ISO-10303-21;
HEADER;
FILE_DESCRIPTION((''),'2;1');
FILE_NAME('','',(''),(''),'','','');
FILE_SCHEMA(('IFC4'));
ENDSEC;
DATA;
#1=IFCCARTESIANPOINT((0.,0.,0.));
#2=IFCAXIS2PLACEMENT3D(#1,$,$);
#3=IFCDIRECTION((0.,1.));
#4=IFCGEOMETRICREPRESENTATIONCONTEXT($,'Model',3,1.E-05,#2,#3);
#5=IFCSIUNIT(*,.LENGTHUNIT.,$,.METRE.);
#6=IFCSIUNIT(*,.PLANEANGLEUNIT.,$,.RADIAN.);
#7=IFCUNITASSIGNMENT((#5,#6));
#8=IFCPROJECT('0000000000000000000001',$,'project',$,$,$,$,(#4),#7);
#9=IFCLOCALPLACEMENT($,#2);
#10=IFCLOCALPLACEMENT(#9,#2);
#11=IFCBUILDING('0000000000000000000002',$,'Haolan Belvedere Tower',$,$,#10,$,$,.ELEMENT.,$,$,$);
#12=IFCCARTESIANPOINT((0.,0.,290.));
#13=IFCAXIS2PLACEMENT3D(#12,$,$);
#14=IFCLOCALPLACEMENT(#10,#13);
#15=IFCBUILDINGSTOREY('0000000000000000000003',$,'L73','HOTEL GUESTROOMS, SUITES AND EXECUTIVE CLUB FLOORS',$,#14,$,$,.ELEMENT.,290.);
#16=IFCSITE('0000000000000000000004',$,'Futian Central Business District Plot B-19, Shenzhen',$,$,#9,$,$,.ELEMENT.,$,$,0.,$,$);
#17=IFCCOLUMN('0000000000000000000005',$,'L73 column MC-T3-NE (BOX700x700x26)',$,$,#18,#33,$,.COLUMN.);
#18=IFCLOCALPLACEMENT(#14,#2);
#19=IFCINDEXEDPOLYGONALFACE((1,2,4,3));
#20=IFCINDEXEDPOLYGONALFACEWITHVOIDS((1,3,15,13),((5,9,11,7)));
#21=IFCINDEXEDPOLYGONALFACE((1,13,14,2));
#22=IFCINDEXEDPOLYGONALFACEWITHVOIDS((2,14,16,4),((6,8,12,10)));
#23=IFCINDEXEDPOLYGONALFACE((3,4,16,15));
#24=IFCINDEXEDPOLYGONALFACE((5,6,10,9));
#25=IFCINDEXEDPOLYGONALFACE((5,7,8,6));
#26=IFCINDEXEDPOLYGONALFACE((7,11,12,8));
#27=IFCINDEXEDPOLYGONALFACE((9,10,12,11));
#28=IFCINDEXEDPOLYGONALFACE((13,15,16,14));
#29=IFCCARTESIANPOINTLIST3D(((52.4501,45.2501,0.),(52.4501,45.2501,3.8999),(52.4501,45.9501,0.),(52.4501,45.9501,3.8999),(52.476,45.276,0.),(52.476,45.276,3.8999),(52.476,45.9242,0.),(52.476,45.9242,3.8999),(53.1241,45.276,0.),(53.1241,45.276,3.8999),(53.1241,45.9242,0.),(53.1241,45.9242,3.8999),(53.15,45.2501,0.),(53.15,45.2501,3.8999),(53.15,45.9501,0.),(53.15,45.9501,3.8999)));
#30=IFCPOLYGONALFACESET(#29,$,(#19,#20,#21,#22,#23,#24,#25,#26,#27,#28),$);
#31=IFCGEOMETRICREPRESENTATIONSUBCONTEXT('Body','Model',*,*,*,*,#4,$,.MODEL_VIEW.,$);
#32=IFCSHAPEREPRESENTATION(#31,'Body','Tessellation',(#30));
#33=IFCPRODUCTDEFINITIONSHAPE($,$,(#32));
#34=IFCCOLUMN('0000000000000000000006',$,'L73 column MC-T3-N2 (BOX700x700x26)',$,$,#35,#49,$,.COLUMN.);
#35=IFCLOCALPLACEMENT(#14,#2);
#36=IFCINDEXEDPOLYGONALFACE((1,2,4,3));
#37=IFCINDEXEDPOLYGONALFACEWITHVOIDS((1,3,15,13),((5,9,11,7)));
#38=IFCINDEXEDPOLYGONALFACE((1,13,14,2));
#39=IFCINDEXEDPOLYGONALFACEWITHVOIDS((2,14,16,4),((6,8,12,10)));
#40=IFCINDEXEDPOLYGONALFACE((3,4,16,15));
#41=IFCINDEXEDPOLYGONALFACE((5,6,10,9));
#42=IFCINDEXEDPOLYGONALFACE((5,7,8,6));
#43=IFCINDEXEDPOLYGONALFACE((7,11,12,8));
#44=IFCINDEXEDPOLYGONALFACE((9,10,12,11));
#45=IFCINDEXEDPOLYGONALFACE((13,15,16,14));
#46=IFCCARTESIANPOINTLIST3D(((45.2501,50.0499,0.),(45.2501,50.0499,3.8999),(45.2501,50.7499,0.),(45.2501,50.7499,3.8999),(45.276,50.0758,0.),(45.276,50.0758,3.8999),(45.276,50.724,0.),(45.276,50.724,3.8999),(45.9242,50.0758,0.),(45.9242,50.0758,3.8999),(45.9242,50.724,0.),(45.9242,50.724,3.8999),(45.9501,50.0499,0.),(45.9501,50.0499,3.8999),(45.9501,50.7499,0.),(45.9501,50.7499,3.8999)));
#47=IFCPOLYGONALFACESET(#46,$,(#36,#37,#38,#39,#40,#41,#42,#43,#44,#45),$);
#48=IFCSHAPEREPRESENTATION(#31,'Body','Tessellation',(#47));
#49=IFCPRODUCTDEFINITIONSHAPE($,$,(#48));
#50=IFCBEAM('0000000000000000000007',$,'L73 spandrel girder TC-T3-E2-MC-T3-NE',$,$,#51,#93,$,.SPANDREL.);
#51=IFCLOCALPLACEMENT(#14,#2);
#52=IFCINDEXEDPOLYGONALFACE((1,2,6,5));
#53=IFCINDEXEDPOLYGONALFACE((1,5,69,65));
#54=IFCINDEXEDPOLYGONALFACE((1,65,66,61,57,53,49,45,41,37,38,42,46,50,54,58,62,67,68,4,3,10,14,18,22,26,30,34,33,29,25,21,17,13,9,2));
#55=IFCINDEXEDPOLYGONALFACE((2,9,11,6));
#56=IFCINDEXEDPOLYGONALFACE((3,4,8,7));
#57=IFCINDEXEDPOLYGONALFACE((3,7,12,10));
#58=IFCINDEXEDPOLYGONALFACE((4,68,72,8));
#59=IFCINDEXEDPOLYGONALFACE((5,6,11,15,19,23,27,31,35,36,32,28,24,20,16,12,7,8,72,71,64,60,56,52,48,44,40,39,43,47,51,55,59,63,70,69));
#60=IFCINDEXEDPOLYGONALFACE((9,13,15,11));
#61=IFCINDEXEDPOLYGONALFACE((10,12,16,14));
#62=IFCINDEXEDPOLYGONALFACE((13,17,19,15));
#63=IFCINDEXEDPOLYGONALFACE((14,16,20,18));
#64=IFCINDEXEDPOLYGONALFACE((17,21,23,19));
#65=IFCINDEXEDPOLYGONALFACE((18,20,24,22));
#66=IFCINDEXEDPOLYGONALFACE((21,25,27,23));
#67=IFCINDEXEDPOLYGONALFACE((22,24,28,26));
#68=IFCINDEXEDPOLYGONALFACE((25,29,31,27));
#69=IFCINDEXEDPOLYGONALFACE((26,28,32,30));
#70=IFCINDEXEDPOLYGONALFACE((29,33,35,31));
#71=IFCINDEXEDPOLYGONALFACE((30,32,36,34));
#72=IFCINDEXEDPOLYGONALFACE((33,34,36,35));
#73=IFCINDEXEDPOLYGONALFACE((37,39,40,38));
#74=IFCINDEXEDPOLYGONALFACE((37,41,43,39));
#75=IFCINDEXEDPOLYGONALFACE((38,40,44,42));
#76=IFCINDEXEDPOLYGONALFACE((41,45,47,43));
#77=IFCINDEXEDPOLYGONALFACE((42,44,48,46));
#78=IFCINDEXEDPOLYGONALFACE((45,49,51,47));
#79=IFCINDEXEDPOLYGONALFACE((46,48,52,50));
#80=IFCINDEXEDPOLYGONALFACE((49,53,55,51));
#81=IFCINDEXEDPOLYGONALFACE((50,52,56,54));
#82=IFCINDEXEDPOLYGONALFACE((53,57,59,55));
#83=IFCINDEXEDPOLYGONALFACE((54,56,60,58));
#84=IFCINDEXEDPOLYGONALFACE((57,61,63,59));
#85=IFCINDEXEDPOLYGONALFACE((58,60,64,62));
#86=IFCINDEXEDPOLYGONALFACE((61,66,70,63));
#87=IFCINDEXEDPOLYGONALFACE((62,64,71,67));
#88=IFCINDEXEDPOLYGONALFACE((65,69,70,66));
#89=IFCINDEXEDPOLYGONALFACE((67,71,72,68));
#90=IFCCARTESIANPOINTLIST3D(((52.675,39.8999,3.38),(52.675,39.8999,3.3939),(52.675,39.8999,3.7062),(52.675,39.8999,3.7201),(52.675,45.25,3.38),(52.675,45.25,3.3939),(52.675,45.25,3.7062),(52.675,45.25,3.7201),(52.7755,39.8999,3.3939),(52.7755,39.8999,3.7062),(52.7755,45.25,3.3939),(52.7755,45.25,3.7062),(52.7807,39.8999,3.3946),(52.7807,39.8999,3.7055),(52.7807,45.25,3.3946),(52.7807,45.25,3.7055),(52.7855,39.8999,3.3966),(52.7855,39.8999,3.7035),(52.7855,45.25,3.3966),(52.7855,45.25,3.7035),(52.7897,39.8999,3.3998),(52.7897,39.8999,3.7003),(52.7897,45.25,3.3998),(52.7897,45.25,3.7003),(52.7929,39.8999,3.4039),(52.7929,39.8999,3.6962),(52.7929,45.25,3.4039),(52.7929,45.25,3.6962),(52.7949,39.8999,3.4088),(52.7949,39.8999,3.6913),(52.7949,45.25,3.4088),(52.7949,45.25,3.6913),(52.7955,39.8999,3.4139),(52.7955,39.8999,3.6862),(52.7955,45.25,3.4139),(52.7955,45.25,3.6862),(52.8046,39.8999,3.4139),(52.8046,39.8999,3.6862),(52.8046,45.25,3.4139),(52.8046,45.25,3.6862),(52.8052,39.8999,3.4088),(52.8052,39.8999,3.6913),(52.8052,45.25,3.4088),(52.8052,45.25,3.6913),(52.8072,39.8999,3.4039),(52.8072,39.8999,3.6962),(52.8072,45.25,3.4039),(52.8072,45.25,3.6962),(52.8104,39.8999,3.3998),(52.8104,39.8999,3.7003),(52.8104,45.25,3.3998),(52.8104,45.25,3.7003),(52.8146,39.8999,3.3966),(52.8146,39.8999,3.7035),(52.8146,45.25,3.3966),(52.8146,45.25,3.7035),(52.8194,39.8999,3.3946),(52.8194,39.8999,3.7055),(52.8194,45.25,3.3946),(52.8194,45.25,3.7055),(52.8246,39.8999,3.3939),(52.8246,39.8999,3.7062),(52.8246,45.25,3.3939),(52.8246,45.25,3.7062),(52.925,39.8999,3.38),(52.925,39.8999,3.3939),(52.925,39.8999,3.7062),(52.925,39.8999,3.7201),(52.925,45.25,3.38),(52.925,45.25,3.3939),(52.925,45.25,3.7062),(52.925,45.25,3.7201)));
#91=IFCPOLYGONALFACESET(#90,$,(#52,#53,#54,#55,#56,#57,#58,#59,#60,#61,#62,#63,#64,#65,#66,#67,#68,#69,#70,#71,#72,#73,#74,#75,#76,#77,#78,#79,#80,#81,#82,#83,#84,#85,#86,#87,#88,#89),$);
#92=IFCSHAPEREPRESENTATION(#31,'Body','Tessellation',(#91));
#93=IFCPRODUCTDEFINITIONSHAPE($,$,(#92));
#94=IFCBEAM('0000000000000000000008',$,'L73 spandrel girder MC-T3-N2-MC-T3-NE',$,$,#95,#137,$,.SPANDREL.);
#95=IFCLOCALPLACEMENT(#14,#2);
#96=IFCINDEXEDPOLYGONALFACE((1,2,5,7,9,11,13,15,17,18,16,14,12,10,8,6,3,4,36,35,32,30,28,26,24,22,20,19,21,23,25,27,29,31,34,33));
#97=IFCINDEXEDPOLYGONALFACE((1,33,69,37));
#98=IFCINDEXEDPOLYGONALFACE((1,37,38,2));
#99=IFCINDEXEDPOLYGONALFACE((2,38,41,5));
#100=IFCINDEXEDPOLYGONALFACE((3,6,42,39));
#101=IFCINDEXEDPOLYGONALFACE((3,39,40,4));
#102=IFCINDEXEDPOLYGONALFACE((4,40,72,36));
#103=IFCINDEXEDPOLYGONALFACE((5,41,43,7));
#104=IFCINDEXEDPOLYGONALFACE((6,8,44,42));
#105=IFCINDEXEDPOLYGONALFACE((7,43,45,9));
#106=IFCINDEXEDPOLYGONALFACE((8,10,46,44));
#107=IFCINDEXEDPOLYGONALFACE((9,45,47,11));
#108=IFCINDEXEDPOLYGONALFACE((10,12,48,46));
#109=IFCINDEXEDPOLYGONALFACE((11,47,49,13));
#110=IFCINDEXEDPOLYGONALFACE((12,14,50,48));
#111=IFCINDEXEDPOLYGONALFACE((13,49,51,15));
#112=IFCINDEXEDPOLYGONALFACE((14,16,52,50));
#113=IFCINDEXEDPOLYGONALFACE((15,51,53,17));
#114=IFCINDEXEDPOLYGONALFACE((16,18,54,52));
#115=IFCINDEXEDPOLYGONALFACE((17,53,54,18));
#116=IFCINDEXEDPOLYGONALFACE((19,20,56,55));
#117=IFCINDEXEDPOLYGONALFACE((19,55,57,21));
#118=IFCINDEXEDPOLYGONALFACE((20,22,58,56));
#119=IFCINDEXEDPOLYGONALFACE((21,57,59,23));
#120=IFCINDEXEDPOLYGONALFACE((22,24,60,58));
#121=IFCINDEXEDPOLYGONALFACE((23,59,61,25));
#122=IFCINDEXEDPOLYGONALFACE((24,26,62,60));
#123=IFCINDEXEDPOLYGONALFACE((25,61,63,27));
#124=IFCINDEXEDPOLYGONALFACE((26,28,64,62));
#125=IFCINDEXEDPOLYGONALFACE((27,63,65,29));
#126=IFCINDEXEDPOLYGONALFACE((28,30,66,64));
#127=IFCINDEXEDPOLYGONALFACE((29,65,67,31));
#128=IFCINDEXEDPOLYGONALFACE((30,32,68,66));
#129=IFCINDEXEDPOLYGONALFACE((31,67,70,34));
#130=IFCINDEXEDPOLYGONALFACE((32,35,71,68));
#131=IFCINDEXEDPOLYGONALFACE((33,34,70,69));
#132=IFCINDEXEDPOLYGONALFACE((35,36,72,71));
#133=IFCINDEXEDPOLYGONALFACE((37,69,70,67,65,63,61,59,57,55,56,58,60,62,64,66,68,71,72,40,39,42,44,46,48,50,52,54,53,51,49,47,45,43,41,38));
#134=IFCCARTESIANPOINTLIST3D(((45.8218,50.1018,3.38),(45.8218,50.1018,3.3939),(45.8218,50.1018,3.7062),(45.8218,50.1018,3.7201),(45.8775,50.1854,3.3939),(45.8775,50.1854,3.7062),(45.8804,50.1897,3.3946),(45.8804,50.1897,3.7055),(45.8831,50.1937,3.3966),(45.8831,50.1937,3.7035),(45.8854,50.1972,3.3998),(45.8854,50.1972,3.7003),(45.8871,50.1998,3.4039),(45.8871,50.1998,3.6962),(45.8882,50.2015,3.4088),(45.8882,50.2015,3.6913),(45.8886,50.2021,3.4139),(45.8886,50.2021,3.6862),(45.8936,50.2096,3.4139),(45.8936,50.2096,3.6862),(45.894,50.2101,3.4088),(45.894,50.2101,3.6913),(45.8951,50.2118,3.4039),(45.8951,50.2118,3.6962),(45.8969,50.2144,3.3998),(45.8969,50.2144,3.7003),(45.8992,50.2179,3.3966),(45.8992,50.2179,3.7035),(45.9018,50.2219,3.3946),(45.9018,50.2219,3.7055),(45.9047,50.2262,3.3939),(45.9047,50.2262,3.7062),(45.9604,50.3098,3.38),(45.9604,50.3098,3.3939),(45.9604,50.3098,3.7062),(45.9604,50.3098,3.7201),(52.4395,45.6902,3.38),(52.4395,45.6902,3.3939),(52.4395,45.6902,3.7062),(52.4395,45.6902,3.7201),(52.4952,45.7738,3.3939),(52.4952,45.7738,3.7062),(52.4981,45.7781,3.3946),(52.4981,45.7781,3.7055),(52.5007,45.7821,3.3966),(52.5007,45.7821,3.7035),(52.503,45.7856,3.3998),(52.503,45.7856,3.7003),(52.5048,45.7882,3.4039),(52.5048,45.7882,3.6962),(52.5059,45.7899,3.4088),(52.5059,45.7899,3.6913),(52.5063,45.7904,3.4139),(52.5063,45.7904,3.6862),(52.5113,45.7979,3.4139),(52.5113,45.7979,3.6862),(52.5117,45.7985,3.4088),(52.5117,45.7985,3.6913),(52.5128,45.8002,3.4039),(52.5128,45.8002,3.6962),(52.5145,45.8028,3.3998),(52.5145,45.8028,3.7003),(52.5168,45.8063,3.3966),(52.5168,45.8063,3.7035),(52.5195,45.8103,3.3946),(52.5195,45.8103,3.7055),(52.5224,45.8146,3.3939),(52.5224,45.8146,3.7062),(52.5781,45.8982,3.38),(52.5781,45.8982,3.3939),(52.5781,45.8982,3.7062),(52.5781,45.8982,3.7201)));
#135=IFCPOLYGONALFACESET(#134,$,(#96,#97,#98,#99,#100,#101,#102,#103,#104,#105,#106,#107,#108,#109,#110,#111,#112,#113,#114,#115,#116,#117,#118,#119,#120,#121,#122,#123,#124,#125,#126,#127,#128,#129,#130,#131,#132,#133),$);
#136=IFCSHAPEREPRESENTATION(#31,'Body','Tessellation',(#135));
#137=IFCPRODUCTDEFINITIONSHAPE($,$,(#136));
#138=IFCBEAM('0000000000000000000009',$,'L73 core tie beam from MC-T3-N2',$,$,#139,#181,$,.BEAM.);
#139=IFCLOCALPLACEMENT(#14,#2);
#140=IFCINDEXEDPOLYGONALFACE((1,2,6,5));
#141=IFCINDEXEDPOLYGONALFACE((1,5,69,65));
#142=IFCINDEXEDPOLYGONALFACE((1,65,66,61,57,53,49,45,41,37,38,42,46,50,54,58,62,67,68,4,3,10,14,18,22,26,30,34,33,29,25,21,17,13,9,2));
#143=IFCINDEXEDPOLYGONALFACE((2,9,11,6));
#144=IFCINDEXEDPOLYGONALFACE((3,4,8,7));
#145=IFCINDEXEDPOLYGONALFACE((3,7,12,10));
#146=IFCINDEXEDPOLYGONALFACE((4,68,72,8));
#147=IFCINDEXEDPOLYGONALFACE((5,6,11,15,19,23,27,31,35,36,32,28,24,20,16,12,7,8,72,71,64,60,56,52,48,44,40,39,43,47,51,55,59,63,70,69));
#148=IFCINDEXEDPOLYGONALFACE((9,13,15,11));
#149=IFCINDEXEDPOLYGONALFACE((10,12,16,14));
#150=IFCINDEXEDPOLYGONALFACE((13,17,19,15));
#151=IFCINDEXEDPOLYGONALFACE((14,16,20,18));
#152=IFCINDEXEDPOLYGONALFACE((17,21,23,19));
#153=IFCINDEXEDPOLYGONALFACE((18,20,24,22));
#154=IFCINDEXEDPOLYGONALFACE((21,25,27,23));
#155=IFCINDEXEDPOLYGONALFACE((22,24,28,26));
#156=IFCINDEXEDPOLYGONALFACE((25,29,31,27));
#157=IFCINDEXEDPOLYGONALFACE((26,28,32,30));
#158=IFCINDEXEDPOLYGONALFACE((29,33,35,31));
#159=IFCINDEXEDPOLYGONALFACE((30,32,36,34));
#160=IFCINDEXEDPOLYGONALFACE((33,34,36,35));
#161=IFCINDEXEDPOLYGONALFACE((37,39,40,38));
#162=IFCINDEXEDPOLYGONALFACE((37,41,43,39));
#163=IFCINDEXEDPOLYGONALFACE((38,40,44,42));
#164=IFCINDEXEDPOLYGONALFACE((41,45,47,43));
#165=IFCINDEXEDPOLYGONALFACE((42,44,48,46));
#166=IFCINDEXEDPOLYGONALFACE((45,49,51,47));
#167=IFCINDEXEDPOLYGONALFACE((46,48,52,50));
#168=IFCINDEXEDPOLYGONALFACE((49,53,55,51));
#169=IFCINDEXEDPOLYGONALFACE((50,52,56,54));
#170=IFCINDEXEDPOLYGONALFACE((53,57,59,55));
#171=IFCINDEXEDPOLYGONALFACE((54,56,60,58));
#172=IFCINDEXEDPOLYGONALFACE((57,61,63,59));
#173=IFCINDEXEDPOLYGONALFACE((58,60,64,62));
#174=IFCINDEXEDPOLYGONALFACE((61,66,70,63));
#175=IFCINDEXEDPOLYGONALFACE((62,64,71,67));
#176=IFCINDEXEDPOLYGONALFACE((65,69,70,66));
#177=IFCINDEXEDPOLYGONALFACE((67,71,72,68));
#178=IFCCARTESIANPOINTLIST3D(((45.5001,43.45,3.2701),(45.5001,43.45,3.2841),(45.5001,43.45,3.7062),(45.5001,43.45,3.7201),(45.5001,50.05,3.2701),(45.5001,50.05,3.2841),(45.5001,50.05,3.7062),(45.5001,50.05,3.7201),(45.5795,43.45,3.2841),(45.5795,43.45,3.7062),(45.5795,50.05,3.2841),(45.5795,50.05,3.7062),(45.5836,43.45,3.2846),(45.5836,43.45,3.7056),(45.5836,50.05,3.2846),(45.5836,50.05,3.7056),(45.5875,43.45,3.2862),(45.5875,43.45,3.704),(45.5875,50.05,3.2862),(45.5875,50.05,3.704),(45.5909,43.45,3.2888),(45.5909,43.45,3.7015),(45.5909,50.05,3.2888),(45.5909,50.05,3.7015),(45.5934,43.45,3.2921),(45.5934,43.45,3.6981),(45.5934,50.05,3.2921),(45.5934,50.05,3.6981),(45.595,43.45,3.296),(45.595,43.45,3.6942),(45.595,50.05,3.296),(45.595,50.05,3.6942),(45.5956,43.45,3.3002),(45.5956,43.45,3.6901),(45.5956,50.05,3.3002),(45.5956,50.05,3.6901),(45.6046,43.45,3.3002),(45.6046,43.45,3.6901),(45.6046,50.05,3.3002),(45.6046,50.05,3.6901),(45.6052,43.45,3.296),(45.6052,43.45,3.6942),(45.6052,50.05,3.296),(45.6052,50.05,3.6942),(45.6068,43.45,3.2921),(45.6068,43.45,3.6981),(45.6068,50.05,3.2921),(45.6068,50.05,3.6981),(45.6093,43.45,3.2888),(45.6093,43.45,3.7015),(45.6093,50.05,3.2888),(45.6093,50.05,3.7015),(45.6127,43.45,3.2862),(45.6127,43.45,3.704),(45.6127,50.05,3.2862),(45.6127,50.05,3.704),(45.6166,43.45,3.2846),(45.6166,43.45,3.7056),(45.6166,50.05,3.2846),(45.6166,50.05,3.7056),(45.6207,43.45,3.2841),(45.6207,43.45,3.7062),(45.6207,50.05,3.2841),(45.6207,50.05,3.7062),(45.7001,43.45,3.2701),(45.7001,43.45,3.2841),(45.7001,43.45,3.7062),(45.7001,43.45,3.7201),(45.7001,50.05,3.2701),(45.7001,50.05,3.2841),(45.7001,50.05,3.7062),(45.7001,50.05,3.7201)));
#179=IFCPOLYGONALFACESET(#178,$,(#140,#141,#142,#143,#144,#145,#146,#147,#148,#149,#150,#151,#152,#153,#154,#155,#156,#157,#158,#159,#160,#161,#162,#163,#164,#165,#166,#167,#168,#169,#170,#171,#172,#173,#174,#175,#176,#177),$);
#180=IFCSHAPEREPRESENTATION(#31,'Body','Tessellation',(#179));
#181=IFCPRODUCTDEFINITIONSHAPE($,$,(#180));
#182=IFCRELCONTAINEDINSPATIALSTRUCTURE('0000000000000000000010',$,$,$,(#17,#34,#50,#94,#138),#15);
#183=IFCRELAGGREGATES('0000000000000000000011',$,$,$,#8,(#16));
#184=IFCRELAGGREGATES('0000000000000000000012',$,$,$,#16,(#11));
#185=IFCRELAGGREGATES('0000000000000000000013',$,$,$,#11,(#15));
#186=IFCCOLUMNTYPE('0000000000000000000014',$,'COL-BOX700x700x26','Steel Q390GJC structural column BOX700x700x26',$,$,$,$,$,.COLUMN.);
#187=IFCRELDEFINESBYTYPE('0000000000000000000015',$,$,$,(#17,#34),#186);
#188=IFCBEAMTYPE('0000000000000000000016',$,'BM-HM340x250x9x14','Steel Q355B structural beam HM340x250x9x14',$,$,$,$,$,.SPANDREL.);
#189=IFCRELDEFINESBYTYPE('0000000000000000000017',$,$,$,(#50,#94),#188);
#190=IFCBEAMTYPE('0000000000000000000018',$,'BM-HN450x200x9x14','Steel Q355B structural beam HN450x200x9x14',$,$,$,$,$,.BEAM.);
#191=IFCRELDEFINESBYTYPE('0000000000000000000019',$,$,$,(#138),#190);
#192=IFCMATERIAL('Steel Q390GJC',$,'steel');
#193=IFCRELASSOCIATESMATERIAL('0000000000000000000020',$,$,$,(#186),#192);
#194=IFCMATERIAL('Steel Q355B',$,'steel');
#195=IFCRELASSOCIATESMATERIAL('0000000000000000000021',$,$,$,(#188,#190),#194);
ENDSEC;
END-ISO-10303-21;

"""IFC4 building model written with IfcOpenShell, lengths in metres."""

from ifc_helpers import new_model, si_unit, direction, frame, origin, origin_2d, place, context, subcontext, project, spatial, hollow_rectangle, i_section, extrude, material, material_profile, profile_set, type_object, element, save


model = new_model("IFC4")

# Units and contexts
model_context = context("Model", 3, precision=1e-05, world=origin(), true_north=direction((0.0, 1.0)))
body_context = subcontext(model_context, "Body", "Model", "MODEL_VIEW")
ifc_project = project(units=[si_unit("LENGTHUNIT", "METRE"), si_unit("PLANEANGLEUNIT", "RADIAN")], contexts=[model_context])

# Site, building, storey
site_placement = place(None, origin())
site = spatial("IfcSite", under=ifc_project, at=site_placement, Name="Futian Central Business District Plot B-19, Shenzhen", CompositionType="ELEMENT", RefElevation=0.0)
building_placement = place(site_placement, origin())
building = spatial("IfcBuilding", under=site, at=building_placement, Name="Haolan Belvedere Tower", CompositionType="ELEMENT")
storey_placement = place(building_placement, frame((0.0, 0.0, 290.0)))
storey = spatial("IfcBuildingStorey", under=building, at=storey_placement, Name="L73", Description="HOTEL GUESTROOMS, SUITES AND EXECUTIVE CLUB FLOORS", CompositionType="ELEMENT", Elevation=290.0)

# Columns
ifc_material_1 = material(Name="Steel Q390GJC", Category="steel")
ifc_material_profile_1 = material_profile(ifc_material_1, hollow_rectangle(XDim=0.7, YDim=0.7, WallThickness=0.0259, at=origin_2d()), Name="Steel Q390GJC")
ifc_profile_set_1 = profile_set([ifc_material_profile_1], Name="Steel Q390GJC")
column_type = type_object("IfcColumnType", Name="COL-BOX700x700x26", Description="Steel Q390GJC structural column BOX700x700x26", PredefinedType="COLUMN", material=ifc_profile_set_1)
for number, where, z_axis, x_axis, name in (
    (1, (52.8, 45.6001, 0.0), (0.0, 0.0, 1.0), (1.0, 0.0, 0.0), "L73 column MC-T3-NE (BOX700x700x26)"),
    (2, (45.6001, 50.3999, 0.0), (0.0, 0.0, 1.0), (1.0, 0.0, 0.0), "L73 column MC-T3-N2 (BOX700x700x26)"),
):
    element("IfcColumn", number, at=place(storey_placement, frame(where, z_axis=z_axis, x_axis=x_axis)), inside=storey, type_object=column_type, Name=name, PredefinedType="COLUMN", context=body_context, shape_type="SweptSolid", body=[
        extrude(hollow_rectangle(XDim=0.7, YDim=0.7, WallThickness=0.0259, at=origin_2d()), origin(), (0.0, 0.0, 1.0), 3.8999),
    ])

# Beams
ifc_material_2 = material(Name="Steel Q355B", Category="steel")
ifc_material_profile_2 = material_profile(ifc_material_2, i_section(OverallWidth=0.25, OverallDepth=0.3401, WebThickness=0.009, FlangeThickness=0.0139, FilletRadius=0.02, at=origin_2d()), Name="Steel Q355B")
ifc_profile_set_2 = profile_set([ifc_material_profile_2], Name="Steel Q355B")
beam_type_1 = type_object("IfcBeamType", Name="BM-HM340x250x9x14", Description="Steel Q355B structural beam HM340x250x9x14", PredefinedType="SPANDREL", material=ifc_profile_set_2)
beam_1_placement = place(storey_placement, frame((52.8, 39.8999, 3.55), z_axis=(0.0, 1.0, 0.0), x_axis=(-1.0, 0.0, 0.0)))
element("IfcBeam", 3, at=beam_1_placement, inside=storey, type_object=beam_type_1, Name="L73 spandrel girder TC-T3-E2-MC-T3-NE", PredefinedType="SPANDREL", context=body_context, shape_type="SweptSolid", body=[
    extrude(i_section(OverallWidth=0.25, OverallDepth=0.3401, WebThickness=0.009, FlangeThickness=0.0139, FilletRadius=0.02, at=origin_2d()), origin(), (0.0, 0.0, 1.0), 5.3501),
])
beam_2_placement = place(storey_placement, frame((45.8911, 50.2058, 3.55), z_axis=(0.83206, -0.554686, 0.0), x_axis=(0.554686, 0.83206, 0.0)))
element("IfcBeam", 4, at=beam_2_placement, inside=storey, type_object=beam_type_1, Name="L73 spandrel girder MC-T3-N2-MC-T3-NE", PredefinedType="SPANDREL", context=body_context, shape_type="SweptSolid", body=[
    extrude(i_section(OverallWidth=0.25, OverallDepth=0.3401, WebThickness=0.009, FlangeThickness=0.0139, FilletRadius=0.02, at=origin_2d()), origin(), (0.0, 0.0, 1.0), 7.9534),
])
ifc_material_profile_3 = material_profile(ifc_material_2, i_section(OverallWidth=0.2, OverallDepth=0.45, WebThickness=0.009, FlangeThickness=0.0139, FilletRadius=0.0161, at=origin_2d()), Name="Steel Q355B")
ifc_profile_set_3 = profile_set([ifc_material_profile_3], Name="Steel Q355B")
beam_type_2 = type_object("IfcBeamType", Name="BM-HN450x200x9x14", Description="Steel Q355B structural beam HN450x200x9x14", PredefinedType="BEAM", material=ifc_profile_set_3)
beam_3_placement = place(storey_placement, frame((45.6001, 50.05, 3.4951), z_axis=(0.0, -1.0, 0.0), x_axis=(1.0, 0.0, 0.0)))
element("IfcBeam", 5, at=beam_3_placement, inside=storey, type_object=beam_type_2, Name="L73 core tie beam from MC-T3-N2", PredefinedType="BEAM", context=body_context, shape_type="SweptSolid", body=[
    extrude(i_section(OverallWidth=0.2, OverallDepth=0.45, WebThickness=0.009, FlangeThickness=0.0139, FilletRadius=0.0161, at=origin_2d()), origin(), (0.0, 0.0, 1.0), 6.6001),
])

save(model, "model.ifc")
